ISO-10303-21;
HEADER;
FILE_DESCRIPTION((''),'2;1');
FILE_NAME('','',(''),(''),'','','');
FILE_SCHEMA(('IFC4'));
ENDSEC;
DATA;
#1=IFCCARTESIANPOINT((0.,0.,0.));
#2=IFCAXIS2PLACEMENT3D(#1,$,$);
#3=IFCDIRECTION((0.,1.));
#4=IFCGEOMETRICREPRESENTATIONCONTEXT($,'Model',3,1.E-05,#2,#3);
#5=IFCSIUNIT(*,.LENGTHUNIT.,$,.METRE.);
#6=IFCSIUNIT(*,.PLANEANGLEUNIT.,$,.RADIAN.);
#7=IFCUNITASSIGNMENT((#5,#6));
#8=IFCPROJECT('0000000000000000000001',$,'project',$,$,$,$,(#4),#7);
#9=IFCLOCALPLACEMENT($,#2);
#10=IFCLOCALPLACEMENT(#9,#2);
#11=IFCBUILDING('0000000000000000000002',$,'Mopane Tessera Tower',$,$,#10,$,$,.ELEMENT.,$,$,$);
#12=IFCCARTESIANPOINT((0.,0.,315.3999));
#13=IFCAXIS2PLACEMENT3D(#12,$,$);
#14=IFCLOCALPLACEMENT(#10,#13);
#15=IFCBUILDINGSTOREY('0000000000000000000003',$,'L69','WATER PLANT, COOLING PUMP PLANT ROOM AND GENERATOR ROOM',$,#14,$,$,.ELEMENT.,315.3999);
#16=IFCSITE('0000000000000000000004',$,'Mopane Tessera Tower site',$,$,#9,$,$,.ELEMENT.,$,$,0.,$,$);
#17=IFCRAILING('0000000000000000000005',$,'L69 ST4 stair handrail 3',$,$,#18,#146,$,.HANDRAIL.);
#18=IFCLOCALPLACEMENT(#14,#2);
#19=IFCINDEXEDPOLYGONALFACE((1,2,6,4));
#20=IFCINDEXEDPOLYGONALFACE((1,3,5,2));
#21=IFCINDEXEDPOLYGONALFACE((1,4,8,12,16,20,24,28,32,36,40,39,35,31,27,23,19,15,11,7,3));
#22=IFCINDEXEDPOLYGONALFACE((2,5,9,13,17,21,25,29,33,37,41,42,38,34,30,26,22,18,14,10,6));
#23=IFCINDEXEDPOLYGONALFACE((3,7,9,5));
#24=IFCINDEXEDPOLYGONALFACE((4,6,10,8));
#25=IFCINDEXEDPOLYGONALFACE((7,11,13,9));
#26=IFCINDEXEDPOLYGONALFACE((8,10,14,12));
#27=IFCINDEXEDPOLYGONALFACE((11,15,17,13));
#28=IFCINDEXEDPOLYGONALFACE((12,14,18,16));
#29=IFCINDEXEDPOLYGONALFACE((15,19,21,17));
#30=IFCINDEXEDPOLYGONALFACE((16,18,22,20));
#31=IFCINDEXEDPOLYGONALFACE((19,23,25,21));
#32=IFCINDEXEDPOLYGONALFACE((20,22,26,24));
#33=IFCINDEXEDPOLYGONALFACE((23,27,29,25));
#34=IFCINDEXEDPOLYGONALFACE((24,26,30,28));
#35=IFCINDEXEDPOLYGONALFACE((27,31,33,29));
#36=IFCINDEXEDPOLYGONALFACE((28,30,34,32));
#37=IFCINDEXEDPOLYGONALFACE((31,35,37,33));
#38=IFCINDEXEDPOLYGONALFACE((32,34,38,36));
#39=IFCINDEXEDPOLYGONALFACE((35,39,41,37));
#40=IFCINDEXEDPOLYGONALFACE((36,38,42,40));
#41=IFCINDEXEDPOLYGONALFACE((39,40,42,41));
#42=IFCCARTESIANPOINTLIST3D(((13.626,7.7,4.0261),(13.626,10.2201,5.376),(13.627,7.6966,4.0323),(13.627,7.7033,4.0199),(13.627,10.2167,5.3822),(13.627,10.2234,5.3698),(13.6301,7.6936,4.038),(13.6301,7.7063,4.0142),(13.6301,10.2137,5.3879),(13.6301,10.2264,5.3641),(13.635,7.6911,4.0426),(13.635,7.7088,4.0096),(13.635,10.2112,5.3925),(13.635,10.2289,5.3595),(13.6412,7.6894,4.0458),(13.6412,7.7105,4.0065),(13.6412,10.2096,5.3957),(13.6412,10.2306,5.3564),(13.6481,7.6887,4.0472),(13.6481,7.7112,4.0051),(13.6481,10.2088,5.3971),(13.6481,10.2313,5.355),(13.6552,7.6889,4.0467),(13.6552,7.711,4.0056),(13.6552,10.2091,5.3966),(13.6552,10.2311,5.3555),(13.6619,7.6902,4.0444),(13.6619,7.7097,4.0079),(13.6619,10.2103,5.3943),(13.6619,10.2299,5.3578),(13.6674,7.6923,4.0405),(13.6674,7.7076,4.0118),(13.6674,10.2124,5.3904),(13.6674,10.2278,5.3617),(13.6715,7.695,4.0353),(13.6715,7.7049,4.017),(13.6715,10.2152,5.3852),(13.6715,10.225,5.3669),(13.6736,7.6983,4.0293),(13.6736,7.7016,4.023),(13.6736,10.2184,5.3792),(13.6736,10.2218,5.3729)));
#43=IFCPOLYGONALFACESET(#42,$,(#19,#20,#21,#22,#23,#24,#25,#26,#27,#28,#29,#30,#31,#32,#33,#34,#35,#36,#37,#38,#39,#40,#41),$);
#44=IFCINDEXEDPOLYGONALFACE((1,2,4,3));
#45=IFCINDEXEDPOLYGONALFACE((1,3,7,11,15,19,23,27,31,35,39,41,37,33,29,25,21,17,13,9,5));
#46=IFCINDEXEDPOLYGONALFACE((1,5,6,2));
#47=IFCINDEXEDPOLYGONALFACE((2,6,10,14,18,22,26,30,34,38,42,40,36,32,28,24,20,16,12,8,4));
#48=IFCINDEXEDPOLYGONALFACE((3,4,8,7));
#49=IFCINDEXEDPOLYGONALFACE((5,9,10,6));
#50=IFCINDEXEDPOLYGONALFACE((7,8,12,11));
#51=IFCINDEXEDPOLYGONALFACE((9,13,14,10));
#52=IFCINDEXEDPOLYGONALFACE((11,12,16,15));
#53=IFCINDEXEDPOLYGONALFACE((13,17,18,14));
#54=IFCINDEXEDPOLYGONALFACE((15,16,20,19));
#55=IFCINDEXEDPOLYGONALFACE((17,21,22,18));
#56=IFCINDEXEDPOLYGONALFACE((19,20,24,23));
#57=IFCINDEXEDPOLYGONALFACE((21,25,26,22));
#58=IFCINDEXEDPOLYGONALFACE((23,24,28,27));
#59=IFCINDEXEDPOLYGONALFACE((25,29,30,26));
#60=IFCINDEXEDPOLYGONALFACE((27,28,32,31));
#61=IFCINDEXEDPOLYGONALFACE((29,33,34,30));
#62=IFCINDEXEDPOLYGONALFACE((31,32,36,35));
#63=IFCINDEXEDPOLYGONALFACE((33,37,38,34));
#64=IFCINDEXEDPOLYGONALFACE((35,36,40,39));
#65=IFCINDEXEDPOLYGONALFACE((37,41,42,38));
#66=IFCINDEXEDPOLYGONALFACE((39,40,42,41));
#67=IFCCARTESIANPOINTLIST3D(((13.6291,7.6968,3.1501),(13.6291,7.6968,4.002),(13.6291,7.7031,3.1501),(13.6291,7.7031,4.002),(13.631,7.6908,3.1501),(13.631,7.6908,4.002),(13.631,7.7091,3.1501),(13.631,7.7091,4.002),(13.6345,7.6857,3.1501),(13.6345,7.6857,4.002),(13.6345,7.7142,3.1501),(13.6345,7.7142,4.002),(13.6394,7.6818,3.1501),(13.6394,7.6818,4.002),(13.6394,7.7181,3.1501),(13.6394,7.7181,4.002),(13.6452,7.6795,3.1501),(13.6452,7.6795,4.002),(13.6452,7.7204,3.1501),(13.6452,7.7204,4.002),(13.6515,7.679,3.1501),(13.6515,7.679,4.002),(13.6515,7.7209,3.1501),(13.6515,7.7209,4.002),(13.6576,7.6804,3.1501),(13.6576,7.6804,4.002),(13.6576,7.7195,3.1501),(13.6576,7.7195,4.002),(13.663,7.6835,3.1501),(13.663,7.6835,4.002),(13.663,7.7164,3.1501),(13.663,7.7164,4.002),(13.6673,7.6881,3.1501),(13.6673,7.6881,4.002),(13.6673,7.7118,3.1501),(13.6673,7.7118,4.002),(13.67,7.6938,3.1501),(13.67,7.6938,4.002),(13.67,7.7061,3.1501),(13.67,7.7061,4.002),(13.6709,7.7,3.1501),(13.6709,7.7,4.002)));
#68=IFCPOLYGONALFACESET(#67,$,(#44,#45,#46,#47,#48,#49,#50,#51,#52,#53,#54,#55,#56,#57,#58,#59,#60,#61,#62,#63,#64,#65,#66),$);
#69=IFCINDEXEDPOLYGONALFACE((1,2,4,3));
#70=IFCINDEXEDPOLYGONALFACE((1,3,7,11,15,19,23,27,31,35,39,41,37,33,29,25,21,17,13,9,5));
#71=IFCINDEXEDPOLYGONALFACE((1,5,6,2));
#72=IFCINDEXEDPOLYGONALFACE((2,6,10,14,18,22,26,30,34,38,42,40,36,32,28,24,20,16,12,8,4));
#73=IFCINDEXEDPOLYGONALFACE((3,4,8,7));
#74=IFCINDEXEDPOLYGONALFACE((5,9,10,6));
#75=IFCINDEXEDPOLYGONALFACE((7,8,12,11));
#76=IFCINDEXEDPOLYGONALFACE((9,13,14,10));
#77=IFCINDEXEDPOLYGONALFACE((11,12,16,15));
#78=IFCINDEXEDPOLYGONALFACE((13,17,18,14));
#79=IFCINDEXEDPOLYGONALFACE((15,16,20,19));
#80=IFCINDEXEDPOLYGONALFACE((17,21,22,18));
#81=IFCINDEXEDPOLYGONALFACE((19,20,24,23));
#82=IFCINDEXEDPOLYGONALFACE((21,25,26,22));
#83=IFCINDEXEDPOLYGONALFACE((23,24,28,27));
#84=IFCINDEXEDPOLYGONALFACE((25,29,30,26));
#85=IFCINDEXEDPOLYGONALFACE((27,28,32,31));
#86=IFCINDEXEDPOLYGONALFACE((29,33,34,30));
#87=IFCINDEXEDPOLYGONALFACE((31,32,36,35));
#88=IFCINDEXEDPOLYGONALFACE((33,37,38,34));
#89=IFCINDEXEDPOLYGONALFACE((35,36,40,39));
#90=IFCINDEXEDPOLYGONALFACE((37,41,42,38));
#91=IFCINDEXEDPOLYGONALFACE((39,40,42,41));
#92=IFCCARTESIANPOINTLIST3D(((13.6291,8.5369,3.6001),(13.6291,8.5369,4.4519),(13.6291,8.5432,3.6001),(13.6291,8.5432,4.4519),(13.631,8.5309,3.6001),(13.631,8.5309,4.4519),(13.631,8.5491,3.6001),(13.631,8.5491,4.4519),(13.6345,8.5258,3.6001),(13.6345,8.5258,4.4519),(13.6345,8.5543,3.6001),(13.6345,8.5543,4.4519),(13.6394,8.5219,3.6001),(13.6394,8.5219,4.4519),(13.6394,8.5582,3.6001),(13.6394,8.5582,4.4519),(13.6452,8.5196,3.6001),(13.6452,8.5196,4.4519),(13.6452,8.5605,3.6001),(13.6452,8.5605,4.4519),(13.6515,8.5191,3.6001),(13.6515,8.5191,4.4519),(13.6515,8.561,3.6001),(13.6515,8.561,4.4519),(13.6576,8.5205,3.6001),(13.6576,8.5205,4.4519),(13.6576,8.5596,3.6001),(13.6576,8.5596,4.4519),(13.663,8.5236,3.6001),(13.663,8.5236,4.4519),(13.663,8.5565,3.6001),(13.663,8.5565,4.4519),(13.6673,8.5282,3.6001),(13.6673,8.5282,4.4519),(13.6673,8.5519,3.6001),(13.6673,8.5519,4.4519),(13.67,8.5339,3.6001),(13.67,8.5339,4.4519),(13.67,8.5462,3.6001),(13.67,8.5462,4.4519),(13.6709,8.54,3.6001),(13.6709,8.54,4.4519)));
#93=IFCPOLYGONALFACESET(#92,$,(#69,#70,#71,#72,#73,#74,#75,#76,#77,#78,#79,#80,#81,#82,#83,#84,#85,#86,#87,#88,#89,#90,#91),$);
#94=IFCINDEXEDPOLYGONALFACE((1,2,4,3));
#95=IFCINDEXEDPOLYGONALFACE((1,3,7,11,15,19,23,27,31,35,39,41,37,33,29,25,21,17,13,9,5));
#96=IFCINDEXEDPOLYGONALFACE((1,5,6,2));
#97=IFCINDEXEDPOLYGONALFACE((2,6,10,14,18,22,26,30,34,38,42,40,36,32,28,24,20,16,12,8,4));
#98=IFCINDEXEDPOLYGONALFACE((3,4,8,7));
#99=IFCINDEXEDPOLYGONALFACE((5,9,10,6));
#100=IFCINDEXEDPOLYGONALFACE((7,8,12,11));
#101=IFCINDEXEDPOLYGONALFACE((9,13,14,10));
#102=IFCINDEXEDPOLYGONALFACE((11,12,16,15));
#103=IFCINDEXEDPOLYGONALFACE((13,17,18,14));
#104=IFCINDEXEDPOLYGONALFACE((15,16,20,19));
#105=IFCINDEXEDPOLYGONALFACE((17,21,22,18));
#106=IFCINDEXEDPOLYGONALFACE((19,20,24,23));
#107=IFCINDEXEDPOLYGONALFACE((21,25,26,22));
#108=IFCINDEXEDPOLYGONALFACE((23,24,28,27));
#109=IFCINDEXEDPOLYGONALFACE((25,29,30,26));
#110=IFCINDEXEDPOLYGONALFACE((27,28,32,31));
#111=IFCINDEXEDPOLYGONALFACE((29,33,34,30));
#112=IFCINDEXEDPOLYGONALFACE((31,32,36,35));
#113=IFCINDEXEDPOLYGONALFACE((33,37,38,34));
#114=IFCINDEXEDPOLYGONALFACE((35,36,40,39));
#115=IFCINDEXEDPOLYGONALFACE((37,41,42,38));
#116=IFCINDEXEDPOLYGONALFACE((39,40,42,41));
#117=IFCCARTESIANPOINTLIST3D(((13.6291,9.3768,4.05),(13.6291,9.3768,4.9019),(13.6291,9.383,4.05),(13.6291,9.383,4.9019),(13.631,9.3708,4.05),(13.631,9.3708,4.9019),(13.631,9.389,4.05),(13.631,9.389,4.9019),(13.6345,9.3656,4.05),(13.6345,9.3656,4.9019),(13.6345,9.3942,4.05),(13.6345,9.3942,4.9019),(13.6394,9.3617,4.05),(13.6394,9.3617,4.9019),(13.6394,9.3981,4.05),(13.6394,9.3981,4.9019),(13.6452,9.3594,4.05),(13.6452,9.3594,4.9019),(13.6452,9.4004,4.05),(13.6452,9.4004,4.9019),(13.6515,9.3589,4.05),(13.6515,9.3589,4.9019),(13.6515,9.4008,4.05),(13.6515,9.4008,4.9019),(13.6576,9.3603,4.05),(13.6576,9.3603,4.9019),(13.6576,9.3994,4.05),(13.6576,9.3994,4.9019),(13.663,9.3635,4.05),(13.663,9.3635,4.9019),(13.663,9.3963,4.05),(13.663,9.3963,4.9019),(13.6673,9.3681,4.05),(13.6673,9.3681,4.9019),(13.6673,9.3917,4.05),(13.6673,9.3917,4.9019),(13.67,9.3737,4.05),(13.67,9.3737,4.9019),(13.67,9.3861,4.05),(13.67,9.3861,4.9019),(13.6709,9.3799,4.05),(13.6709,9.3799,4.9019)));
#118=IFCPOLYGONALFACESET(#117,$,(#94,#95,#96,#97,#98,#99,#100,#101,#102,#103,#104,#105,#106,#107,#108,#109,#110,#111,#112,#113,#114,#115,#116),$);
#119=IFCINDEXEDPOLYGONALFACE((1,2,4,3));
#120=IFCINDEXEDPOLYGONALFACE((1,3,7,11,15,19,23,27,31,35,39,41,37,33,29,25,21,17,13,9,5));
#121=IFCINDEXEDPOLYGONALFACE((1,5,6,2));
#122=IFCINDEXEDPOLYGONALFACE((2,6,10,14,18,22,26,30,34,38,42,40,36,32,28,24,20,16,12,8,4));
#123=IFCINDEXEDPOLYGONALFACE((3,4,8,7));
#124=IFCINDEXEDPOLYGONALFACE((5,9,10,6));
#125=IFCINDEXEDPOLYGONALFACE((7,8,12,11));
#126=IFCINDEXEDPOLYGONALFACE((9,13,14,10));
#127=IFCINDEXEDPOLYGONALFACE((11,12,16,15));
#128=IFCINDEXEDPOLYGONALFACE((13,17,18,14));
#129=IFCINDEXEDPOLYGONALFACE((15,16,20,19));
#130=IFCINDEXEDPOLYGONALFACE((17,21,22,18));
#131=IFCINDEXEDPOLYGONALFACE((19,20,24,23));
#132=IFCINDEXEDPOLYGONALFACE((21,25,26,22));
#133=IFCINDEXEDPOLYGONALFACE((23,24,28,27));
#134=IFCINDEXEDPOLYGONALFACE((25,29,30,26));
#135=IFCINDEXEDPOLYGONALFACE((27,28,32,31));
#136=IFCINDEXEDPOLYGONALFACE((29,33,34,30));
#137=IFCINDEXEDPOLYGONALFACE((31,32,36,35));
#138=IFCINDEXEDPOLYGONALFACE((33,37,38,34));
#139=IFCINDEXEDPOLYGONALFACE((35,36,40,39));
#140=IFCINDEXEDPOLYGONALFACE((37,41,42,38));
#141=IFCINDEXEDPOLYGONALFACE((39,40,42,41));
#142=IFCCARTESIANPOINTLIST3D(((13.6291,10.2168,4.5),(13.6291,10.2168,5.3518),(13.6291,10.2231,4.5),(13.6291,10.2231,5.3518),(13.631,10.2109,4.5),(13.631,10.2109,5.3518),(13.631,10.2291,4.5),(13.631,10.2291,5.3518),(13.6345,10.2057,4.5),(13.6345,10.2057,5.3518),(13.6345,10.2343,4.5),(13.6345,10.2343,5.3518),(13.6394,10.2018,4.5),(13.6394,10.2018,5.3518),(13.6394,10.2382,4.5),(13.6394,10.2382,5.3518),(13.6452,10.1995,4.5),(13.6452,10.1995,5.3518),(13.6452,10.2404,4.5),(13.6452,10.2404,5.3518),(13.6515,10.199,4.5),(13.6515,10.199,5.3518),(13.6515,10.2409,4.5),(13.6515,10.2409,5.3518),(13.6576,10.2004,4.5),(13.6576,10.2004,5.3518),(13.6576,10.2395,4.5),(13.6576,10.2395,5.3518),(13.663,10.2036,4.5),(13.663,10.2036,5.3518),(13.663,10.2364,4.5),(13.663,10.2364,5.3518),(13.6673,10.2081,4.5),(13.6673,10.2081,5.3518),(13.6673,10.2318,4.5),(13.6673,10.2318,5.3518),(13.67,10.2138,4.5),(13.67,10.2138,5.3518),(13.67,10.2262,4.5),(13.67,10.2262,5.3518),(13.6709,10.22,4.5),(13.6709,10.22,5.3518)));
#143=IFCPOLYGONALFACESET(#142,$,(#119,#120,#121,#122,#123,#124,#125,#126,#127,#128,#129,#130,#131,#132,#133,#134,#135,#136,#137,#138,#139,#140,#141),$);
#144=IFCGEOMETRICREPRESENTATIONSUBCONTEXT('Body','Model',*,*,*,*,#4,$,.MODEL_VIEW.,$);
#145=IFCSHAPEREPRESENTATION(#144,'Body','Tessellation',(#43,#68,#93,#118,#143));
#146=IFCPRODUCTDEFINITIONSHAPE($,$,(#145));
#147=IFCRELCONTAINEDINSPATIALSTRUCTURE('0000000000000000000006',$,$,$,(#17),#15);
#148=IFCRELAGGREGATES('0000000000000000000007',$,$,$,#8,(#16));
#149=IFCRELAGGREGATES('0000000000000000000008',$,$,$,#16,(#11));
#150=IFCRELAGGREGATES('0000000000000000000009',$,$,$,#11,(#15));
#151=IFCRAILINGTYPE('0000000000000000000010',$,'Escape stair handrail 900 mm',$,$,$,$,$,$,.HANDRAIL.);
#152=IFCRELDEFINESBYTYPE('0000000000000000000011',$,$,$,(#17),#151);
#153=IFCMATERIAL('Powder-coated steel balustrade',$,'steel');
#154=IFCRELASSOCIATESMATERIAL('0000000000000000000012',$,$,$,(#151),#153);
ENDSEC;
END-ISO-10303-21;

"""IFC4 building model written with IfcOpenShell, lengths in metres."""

from ifc_helpers import new_model, si_unit, direction, frame, origin, origin_2d, place, context, subcontext, project, spatial, circle, extrude, material, type_object, element, save


model = new_model("IFC4")

# Units and contexts
model_context = context("Model", 3, precision=1e-05, world=origin(), true_north=direction((0.0, 1.0)))
body_context = subcontext(model_context, "Body", "Model", "MODEL_VIEW")
ifc_project = project(units=[si_unit("LENGTHUNIT", "METRE"), si_unit("PLANEANGLEUNIT", "RADIAN")], contexts=[model_context])

# Site, building, storey
site_placement = place(None, origin())
site = spatial("IfcSite", under=ifc_project, at=site_placement, Name="Mopane Tessera Tower site", CompositionType="ELEMENT", RefElevation=0.0)
building_placement = place(site_placement, origin())
building = spatial("IfcBuilding", under=site, at=building_placement, Name="Mopane Tessera Tower", CompositionType="ELEMENT")
storey_placement = place(building_placement, frame((0.0, 0.0, 315.3999)))
storey = spatial("IfcBuildingStorey", under=building, at=storey_placement, Name="L69", Description="WATER PLANT, COOLING PUMP PLANT ROOM AND GENERATOR ROOM", CompositionType="ELEMENT", Elevation=315.3999)

# Railing
ifc_material_1 = material(Name="Powder-coated steel balustrade", Category="steel")
railing_type_1 = type_object("IfcRailingType", Name="Escape stair handrail 900 mm", PredefinedType="HANDRAIL", material=ifc_material_1)
railing_1_placement = place(storey_placement, frame((13.6499, 7.7, 3.1501)))
element("IfcRailing", 1, at=railing_1_placement, inside=storey, type_object=railing_type_1, Name="L69 ST4 stair handrail 3", PredefinedType="HANDRAIL", context=body_context, shape_type="SweptSolid", body=[
    extrude(circle(Radius=0.0239, at=origin_2d()), frame((0.0, 0.0, 0.876), z_axis=(0.0, 0.881503, 0.472179), x_axis=(-1.0, 0.0, 0.0)), (0.0, 0.0, 1.0), 2.8589),
    extrude(circle(Radius=0.021, at=origin_2d()), origin(), (0.0, 0.0, 1.0), 0.8518),
    extrude(circle(Radius=0.021, at=origin_2d()), frame((0.0, 0.8401, 0.45)), (0.0, 0.0, 1.0), 0.8518),
    extrude(circle(Radius=0.021, at=origin_2d()), frame((0.0, 1.6799, 0.8999)), (0.0, 0.0, 1.0), 0.8518),
    extrude(circle(Radius=0.021, at=origin_2d()), frame((0.0, 2.52, 1.3499)), (0.0, 0.0, 1.0), 0.8518),
])

save(model, "model.ifc")
